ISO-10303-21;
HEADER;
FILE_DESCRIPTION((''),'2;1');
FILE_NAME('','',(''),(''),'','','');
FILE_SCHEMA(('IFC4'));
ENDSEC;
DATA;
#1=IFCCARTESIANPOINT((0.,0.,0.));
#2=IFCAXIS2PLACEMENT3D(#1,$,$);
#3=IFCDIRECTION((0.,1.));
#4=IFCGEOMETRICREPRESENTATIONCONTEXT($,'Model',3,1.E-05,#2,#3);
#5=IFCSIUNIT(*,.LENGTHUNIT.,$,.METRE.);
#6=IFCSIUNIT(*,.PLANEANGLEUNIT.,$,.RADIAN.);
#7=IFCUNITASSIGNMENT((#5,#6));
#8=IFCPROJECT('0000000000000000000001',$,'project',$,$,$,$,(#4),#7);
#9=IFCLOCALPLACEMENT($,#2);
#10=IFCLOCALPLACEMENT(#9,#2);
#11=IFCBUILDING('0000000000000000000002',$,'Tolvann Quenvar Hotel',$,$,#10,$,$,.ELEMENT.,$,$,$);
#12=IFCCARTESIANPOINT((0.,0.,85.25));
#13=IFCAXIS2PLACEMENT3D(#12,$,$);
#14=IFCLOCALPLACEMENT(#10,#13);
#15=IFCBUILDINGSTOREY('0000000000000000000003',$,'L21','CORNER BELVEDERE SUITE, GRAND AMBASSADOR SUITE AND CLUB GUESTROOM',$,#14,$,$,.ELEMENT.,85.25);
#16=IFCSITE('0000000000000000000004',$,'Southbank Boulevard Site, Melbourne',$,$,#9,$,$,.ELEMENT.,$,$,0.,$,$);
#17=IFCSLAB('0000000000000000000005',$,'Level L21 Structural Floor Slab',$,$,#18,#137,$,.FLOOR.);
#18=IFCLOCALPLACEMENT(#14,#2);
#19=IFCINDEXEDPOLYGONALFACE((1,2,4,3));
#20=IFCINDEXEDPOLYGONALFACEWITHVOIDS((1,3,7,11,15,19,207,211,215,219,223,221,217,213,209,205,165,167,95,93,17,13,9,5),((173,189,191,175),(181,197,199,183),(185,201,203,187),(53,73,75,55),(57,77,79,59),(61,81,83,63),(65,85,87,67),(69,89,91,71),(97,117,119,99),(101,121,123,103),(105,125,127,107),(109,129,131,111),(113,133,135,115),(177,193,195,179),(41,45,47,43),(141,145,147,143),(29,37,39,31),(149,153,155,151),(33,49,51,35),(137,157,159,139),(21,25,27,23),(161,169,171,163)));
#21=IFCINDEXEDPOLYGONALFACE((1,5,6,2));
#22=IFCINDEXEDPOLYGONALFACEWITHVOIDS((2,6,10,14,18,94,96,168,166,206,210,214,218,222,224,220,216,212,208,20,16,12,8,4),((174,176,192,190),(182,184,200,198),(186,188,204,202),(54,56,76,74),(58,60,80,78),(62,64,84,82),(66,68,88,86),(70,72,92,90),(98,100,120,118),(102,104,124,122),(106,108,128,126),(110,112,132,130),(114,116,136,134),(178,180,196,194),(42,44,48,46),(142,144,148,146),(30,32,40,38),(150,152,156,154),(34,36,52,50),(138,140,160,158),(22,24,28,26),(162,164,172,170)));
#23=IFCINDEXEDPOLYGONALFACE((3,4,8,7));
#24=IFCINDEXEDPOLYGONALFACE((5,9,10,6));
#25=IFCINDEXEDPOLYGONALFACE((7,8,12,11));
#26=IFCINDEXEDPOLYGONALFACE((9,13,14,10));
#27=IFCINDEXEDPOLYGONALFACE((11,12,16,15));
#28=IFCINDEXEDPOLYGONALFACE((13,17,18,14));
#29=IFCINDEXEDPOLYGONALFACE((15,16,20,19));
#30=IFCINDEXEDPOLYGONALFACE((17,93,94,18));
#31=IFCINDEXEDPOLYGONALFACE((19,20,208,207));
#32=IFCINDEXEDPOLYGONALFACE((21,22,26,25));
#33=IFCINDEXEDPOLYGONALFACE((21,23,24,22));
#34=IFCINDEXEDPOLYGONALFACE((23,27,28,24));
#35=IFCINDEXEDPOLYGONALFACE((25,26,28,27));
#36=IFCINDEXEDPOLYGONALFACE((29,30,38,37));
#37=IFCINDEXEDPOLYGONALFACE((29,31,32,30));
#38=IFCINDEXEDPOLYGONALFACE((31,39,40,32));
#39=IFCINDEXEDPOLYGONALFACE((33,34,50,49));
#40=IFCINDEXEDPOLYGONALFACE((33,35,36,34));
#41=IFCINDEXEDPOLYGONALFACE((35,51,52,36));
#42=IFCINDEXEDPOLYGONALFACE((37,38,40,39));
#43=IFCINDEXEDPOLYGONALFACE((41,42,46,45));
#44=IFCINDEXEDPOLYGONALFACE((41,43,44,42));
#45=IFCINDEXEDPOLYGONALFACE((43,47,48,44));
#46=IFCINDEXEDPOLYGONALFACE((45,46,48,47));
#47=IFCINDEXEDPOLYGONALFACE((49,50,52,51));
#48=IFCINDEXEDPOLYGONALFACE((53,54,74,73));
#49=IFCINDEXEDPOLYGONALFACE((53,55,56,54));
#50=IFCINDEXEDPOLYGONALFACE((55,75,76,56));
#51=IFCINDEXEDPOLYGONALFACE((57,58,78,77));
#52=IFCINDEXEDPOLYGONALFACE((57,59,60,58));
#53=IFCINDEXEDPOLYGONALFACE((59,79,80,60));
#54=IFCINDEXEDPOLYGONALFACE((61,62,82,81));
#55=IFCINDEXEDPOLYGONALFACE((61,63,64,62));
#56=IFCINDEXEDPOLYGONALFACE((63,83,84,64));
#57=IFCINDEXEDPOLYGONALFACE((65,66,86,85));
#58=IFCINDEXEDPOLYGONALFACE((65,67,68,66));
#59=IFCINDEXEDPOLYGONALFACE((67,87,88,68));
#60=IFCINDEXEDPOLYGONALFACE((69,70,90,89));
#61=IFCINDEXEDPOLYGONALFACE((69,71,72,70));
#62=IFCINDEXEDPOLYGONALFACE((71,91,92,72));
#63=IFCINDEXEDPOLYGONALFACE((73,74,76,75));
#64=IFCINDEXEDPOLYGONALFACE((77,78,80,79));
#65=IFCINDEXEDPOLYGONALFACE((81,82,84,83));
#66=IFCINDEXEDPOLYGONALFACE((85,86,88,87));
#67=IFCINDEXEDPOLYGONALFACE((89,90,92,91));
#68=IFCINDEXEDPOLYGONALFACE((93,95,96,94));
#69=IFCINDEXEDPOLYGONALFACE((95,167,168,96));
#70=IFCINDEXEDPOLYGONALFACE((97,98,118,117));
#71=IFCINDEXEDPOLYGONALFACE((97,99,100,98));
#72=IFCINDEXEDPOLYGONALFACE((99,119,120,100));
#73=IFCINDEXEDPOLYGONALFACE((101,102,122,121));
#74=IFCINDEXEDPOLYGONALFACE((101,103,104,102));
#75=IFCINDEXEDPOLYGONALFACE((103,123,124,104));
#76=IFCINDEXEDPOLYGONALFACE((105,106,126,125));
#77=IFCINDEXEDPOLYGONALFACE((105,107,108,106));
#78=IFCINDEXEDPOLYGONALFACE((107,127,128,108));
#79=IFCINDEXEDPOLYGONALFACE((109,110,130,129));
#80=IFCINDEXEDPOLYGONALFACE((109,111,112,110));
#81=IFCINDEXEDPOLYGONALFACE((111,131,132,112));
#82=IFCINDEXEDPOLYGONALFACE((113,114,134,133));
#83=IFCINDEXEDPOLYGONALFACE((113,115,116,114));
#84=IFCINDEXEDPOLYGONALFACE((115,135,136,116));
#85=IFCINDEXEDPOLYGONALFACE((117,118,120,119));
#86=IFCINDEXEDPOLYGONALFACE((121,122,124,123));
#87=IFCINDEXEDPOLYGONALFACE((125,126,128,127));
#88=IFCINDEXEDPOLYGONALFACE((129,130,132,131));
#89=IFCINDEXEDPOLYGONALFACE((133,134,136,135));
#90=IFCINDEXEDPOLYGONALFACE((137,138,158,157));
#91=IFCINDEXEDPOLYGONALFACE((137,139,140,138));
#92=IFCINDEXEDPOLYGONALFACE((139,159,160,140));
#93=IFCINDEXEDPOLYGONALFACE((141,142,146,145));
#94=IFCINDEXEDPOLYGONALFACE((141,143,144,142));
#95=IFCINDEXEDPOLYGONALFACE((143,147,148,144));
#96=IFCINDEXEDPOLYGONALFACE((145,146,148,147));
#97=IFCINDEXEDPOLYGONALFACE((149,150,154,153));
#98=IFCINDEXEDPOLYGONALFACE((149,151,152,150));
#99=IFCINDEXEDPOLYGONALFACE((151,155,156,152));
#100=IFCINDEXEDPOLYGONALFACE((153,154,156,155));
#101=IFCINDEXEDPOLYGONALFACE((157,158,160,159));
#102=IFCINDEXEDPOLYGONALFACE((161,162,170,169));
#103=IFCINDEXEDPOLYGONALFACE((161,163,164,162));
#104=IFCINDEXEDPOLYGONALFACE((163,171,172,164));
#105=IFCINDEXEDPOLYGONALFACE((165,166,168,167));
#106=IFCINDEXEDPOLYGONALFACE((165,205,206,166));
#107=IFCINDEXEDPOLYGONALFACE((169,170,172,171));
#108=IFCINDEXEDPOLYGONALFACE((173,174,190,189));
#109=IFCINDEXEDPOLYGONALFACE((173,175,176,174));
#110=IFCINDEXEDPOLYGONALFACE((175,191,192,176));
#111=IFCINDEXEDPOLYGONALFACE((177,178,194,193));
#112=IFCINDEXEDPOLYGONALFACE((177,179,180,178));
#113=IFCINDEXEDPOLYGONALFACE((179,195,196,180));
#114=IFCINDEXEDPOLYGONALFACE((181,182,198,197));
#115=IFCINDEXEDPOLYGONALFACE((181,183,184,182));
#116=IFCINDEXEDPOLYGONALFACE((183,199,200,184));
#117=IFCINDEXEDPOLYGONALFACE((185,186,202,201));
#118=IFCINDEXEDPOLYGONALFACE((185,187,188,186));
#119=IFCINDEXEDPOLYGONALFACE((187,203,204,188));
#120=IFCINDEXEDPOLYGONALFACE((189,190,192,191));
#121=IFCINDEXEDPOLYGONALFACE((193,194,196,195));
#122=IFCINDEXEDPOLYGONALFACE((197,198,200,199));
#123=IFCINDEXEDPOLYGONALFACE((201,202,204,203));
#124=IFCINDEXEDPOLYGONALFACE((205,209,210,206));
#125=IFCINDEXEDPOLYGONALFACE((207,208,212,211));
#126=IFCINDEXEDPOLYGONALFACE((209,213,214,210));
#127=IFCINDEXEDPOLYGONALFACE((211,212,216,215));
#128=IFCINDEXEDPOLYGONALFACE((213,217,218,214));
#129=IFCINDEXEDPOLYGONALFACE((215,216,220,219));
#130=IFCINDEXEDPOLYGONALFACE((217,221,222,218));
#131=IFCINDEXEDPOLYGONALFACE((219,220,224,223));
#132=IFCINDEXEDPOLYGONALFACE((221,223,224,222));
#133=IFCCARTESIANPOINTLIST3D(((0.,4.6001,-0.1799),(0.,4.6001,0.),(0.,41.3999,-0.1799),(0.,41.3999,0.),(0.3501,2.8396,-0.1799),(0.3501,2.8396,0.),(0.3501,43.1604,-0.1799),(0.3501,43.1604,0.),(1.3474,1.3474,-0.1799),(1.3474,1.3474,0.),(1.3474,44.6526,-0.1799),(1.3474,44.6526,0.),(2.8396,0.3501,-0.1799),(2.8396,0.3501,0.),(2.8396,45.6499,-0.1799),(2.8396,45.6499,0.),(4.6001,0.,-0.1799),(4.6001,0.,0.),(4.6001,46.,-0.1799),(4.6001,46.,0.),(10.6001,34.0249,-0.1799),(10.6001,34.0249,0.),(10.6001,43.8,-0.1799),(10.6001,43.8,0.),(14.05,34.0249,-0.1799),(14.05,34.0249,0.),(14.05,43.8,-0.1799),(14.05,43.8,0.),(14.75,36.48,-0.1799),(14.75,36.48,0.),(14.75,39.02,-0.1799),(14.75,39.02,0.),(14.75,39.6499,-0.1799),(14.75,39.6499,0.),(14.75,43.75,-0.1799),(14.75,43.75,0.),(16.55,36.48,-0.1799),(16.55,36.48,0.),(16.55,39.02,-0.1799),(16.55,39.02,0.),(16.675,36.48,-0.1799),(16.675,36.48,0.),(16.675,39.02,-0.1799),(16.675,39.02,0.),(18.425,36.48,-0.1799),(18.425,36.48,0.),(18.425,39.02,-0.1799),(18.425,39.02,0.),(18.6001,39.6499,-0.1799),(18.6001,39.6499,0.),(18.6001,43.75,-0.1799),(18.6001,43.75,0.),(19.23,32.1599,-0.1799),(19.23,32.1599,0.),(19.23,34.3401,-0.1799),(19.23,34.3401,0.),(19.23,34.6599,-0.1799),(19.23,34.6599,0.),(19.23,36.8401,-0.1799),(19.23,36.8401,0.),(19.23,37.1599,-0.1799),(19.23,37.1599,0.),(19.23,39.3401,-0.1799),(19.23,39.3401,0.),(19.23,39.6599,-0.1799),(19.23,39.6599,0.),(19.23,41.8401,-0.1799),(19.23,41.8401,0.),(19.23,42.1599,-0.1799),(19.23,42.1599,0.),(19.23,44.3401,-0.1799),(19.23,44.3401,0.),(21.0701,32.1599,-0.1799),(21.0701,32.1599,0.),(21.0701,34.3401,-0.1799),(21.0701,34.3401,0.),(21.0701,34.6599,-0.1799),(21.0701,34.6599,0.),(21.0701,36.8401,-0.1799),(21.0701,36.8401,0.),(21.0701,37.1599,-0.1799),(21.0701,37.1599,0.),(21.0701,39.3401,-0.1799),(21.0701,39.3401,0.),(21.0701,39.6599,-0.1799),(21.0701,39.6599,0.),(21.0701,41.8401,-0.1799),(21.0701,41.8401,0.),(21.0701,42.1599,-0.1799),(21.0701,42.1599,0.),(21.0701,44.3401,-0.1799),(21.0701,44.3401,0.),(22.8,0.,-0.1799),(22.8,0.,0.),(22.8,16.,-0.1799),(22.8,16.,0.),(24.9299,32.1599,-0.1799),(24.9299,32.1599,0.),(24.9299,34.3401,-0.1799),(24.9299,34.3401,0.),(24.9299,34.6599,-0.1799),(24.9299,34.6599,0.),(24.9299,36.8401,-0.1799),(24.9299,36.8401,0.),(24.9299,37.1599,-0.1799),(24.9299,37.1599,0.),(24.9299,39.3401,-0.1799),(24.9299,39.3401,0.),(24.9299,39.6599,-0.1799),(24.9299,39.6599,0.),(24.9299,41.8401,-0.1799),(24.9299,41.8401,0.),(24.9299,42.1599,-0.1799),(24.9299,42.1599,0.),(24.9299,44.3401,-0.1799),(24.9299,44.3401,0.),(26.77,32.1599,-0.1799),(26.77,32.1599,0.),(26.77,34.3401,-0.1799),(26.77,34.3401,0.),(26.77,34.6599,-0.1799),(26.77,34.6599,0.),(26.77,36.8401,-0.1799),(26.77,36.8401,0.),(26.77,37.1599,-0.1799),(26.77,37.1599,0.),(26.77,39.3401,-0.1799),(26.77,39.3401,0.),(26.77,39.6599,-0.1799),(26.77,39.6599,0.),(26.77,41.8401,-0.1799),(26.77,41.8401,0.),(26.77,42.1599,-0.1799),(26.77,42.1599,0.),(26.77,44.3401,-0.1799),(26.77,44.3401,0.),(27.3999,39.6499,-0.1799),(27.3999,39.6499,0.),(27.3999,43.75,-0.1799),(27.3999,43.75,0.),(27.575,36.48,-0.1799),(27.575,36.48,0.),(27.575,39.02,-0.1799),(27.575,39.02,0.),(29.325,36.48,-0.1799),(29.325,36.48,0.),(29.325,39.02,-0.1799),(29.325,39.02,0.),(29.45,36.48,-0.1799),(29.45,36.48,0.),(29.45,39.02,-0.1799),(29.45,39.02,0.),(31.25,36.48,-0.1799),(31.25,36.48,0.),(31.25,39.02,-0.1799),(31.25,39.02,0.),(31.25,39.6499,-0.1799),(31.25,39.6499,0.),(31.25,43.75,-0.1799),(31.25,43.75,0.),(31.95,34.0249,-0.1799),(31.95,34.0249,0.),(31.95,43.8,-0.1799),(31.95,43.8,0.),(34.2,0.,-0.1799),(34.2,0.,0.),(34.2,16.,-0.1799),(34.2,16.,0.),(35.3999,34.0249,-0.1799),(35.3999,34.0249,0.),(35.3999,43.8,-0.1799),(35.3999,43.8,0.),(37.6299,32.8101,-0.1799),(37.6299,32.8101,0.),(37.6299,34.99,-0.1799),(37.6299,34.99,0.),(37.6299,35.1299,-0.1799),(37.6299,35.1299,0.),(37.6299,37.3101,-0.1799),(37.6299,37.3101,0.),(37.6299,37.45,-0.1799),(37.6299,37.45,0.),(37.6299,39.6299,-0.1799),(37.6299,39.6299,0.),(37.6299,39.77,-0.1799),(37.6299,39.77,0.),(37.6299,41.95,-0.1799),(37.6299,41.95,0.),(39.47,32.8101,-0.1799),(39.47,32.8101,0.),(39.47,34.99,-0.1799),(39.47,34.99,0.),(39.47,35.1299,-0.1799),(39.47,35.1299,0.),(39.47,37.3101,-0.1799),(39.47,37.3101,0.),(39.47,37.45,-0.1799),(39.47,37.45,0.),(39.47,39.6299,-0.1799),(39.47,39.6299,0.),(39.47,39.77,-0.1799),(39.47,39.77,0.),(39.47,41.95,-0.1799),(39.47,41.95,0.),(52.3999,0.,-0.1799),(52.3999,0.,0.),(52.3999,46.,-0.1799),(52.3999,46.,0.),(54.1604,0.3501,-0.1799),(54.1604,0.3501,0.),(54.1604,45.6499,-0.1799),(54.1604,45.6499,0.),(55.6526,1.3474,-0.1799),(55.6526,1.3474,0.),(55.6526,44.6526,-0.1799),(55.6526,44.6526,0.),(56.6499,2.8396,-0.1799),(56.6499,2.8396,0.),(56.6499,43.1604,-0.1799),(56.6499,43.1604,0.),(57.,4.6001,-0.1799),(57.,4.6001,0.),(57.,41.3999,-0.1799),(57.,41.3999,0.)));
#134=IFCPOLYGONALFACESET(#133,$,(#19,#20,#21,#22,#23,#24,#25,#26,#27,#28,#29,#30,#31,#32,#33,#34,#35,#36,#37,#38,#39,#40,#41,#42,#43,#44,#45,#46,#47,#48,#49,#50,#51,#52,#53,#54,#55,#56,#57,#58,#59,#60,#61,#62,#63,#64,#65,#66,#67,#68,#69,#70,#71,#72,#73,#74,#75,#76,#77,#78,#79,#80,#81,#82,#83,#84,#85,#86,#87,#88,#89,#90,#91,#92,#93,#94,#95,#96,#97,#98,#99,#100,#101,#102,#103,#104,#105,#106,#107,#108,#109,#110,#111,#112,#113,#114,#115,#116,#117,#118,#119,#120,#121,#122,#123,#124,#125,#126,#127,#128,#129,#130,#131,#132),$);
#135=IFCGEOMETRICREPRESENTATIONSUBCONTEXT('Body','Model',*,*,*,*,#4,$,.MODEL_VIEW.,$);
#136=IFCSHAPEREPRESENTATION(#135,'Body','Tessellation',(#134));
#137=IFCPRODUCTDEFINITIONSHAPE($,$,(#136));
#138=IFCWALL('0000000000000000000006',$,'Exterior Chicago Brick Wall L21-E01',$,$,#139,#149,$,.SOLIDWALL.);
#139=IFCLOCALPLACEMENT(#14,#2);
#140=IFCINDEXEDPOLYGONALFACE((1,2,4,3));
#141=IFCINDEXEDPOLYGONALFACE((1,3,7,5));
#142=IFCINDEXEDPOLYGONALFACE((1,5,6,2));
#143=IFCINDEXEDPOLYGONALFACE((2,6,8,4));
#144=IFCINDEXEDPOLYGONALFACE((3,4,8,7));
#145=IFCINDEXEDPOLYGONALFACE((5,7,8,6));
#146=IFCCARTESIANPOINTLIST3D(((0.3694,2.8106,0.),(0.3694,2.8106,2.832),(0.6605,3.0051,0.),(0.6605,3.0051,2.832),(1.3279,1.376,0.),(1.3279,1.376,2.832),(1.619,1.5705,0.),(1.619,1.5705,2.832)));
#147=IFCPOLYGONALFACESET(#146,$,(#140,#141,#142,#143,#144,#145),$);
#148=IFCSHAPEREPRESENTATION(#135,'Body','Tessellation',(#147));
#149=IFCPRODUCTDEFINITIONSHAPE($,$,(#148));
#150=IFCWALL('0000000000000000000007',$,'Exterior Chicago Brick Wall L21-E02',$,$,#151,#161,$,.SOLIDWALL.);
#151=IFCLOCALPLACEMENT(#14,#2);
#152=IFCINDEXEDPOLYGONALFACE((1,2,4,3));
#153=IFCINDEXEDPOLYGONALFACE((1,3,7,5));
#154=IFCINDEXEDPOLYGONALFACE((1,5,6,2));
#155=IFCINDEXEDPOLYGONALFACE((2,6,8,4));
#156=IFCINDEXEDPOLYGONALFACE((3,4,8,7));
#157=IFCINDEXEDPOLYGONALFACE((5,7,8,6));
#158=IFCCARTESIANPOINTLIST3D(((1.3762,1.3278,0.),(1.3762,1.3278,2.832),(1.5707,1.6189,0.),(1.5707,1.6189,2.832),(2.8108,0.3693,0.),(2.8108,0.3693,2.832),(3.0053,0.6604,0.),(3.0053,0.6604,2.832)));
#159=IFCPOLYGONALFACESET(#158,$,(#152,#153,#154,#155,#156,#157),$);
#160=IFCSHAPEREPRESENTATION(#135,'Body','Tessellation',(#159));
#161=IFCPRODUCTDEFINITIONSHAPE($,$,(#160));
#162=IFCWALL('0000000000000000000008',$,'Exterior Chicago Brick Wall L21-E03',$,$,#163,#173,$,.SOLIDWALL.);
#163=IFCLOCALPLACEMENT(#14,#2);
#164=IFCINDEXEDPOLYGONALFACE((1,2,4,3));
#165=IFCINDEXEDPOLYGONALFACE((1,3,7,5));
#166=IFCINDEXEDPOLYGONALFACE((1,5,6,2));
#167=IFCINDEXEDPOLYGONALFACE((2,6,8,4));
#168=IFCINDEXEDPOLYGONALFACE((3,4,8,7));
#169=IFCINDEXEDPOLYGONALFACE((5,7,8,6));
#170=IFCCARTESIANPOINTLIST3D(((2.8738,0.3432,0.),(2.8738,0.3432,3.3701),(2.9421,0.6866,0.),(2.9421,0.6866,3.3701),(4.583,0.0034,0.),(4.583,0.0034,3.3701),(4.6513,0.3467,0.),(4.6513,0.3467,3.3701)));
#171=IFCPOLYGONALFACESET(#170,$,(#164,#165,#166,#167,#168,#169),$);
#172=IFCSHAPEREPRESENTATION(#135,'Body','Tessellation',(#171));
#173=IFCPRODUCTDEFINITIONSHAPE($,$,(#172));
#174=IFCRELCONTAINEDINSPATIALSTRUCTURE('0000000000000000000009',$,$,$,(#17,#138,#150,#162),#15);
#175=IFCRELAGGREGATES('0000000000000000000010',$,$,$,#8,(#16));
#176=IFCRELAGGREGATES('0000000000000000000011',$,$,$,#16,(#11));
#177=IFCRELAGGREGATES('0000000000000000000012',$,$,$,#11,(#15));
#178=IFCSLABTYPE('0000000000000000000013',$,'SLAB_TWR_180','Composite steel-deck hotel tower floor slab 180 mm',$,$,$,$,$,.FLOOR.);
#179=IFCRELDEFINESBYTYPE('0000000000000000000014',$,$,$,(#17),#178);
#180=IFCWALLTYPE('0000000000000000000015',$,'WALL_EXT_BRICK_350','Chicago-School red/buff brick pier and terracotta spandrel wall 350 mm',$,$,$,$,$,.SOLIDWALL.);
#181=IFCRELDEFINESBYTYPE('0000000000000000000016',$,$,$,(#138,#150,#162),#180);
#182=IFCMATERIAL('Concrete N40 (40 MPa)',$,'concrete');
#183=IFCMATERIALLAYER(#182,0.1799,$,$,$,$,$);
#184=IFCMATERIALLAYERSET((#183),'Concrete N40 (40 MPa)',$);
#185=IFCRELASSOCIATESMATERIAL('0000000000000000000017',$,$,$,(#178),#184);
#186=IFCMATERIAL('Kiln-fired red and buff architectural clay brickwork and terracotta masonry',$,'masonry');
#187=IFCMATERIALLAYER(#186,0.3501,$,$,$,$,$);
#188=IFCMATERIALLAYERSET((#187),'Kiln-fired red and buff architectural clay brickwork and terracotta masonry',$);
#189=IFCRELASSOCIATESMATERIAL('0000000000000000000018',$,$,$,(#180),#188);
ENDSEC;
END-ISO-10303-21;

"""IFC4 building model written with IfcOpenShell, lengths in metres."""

from ifc_helpers import new_model, si_unit, direction, frame, frame_2d, origin, place, context, subcontext, project, spatial, polyline, rectangle, outline, extrude, material, layer, layer_set, type_object, element, save


model = new_model("IFC4")

# Units and contexts
model_context = context("Model", 3, precision=1e-05, world=origin(), true_north=direction((0.0, 1.0)))
body_context = subcontext(model_context, "Body", "Model", "MODEL_VIEW")
ifc_project = project(units=[si_unit("LENGTHUNIT", "METRE"), si_unit("PLANEANGLEUNIT", "RADIAN")], contexts=[model_context])

# Site, building, storey
site_placement = place(None, origin())
site = spatial("IfcSite", under=ifc_project, at=site_placement, Name="Southbank Boulevard Site, Melbourne", CompositionType="ELEMENT", RefElevation=0.0)
building_placement = place(site_placement, origin())
building = spatial("IfcBuilding", under=site, at=building_placement, Name="Tolvann Quenvar Hotel", CompositionType="ELEMENT")
storey_placement = place(building_placement, frame((0.0, 0.0, 85.25)))
storey = spatial("IfcBuildingStorey", under=building, at=storey_placement, Name="L21", Description="CORNER BELVEDERE SUITE, GRAND AMBASSADOR SUITE AND CLUB GUESTROOM", CompositionType="ELEMENT", Elevation=85.25)

# Shared definitions
ifc_material_1 = material(Name="Concrete N40 (40 MPa)", Category="concrete")

# Slab
ifc_layer_1 = layer(ifc_material_1, 0.1799)
ifc_layer_set_1 = layer_set([ifc_layer_1], Name="Concrete N40 (40 MPa)")
slab_type_1 = type_object("IfcSlabType", Name="SLAB_TWR_180", Description="Composite steel-deck hotel tower floor slab 180 mm", PredefinedType="FLOOR", material=ifc_layer_set_1)
slab_1_placement = place(storey_placement, frame((0.0, 0.0, -0.1799)))
element("IfcSlab", 1, at=slab_1_placement, inside=storey, type_object=slab_type_1, Name="Level L21 Structural Floor Slab", PredefinedType="FLOOR", context=body_context, shape_type="SweptSolid", body=[
    extrude(outline(polyline([(0.0, 4.6001), (0.3501, 2.8396), (1.3474, 1.3474), (2.8396, 0.3501), (4.6001, 0.0), (22.8, 0.0), (22.8, 16.0), (34.2, 16.0), (34.2, 0.0), (52.3999, 0.0), (54.1604, 0.3501), (55.6526, 1.3474), (56.6499, 2.8396), (57.0, 4.6001), (57.0, 41.3999), (56.6499, 43.1604), (55.6526, 44.6526), (54.1604, 45.6499), (52.3999, 46.0), (4.6001, 46.0), (2.8396, 45.6499), (1.3474, 44.6526), (0.3501, 43.1604), (0.0, 41.3999), (0.0, 4.6001)]), holes=[polyline([(37.6299, 41.95), (39.47, 41.95), (39.47, 39.77), (37.6299, 39.77), (37.6299, 41.95)]), polyline([(37.6299, 39.6299), (39.47, 39.6299), (39.47, 37.45), (37.6299, 37.45), (37.6299, 39.6299)]), polyline([(37.6299, 37.3101), (39.47, 37.3101), (39.47, 35.1299), (37.6299, 35.1299), (37.6299, 37.3101)]), polyline([(37.6299, 34.99), (39.47, 34.99), (39.47, 32.8101), (37.6299, 32.8101), (37.6299, 34.99)]), polyline([(31.95, 43.8), (35.3999, 43.8), (35.3999, 34.0249), (31.95, 34.0249), (31.95, 43.8)]), polyline([(31.25, 39.02), (31.25, 36.48), (29.45, 36.48), (29.45, 39.02), (31.25, 39.02)]), polyline([(31.25, 43.75), (31.25, 39.6499), (27.3999, 39.6499), (27.3999, 43.75), (31.25, 43.75)]), polyline([(27.575, 39.02), (29.325, 39.02), (29.325, 36.48), (27.575, 36.48), (27.575, 39.02)]), polyline([(26.77, 36.8401), (26.77, 34.6599), (24.9299, 34.6599), (24.9299, 36.8401), (26.77, 36.8401)]), polyline([(26.77, 44.3401), (26.77, 42.1599), (24.9299, 42.1599), (24.9299, 44.3401), (26.77, 44.3401)]), polyline([(26.77, 41.8401), (26.77, 39.6599), (24.9299, 39.6599), (24.9299, 41.8401), (26.77, 41.8401)]), polyline([(26.77, 39.3401), (26.77, 37.1599), (24.9299, 37.1599), (24.9299, 39.3401), (26.77, 39.3401)]), polyline([(24.9299, 34.3401), (26.77, 34.3401), (26.77, 32.1599), (24.9299, 32.1599), (24.9299, 34.3401)]), polyline([(21.0701, 44.3401), (21.0701, 42.1599), (19.23, 42.1599), (19.23, 44.3401), (21.0701, 44.3401)]), polyline([(19.23, 41.8401), (21.0701, 41.8401), (21.0701, 39.6599), (19.23, 39.6599), (19.23, 41.8401)]), polyline([(21.0701, 39.3401), (21.0701, 37.1599), (19.23, 37.1599), (19.23, 39.3401), (21.0701, 39.3401)]), polyline([(19.23, 36.8401), (21.0701, 36.8401), (21.0701, 34.6599), (19.23, 34.6599), (19.23, 36.8401)]), polyline([(19.23, 34.3401), (21.0701, 34.3401), (21.0701, 32.1599), (19.23, 32.1599), (19.23, 34.3401)]), polyline([(18.6001, 43.75), (18.6001, 39.6499), (14.75, 39.6499), (14.75, 43.75), (18.6001, 43.75)]), polyline([(16.675, 39.02), (18.425, 39.02), (18.425, 36.48), (16.675, 36.48), (16.675, 39.02)]), polyline([(16.55, 39.02), (16.55, 36.48), (14.75, 36.48), (14.75, 39.02), (16.55, 39.02)]), polyline([(10.6001, 43.8), (14.05, 43.8), (14.05, 34.0249), (10.6001, 34.0249), (10.6001, 43.8)])]), origin(), (0.0, 0.0, 1.0), 0.1799),
])

# Walls
ifc_material_2 = material(Name="Kiln-fired red and buff architectural clay brickwork and terracotta masonry", Category="masonry")
ifc_layer_2 = layer(ifc_material_2, 0.3501)
ifc_layer_set_2 = layer_set([ifc_layer_2], Name="Kiln-fired red and buff architectural clay brickwork and terracotta masonry")
wall_type_1 = type_object("IfcWallType", Name="WALL_EXT_BRICK_350", Description="Chicago-School red/buff brick pier and terracotta spandrel wall 350 mm", PredefinedType="SOLIDWALL", material=ifc_layer_set_2)
for number, where, z_axis, x_axis, name in (
    (2, (0.5149, 2.908, 0.0), (0.0, 0.0, 1.0), (0.555549, -0.831484, 0.0), "Exterior Chicago Brick Wall L21-E01"),
    (3, (1.4734, 1.4734, 0.0), (0.0, 0.0, 1.0), (0.831484, -0.555549, 0.0), "Exterior Chicago Brick Wall L21-E02"),
):
    element("IfcWall", number, at=place(storey_placement, frame(where, z_axis=z_axis, x_axis=x_axis)), inside=storey, type_object=wall_type_1, Name=name, PredefinedType="SOLIDWALL", context=body_context, shape_type="SweptSolid", body=[
        extrude(rectangle(XDim=1.7253, YDim=0.3501, at=frame_2d((0.8628, 0.0))), origin(), (0.0, 0.0, 1.0), 2.832),
    ])
wall_1_placement = place(storey_placement, frame((2.908, 0.5149, 0.0), z_axis=(0.0, 0.0, 1.0), x_axis=(0.980801, -0.195011, 0.0)))
element("IfcWall", 4, at=wall_1_placement, inside=storey, type_object=wall_type_1, Name="Exterior Chicago Brick Wall L21-E03", PredefinedType="SOLIDWALL", context=body_context, shape_type="SweptSolid", body=[
    extrude(rectangle(XDim=1.7427, YDim=0.3501, at=frame_2d((0.8713, 0.0))), origin(), (0.0, 0.0, 1.0), 3.3701),
])

save(model, "model.ifc")
